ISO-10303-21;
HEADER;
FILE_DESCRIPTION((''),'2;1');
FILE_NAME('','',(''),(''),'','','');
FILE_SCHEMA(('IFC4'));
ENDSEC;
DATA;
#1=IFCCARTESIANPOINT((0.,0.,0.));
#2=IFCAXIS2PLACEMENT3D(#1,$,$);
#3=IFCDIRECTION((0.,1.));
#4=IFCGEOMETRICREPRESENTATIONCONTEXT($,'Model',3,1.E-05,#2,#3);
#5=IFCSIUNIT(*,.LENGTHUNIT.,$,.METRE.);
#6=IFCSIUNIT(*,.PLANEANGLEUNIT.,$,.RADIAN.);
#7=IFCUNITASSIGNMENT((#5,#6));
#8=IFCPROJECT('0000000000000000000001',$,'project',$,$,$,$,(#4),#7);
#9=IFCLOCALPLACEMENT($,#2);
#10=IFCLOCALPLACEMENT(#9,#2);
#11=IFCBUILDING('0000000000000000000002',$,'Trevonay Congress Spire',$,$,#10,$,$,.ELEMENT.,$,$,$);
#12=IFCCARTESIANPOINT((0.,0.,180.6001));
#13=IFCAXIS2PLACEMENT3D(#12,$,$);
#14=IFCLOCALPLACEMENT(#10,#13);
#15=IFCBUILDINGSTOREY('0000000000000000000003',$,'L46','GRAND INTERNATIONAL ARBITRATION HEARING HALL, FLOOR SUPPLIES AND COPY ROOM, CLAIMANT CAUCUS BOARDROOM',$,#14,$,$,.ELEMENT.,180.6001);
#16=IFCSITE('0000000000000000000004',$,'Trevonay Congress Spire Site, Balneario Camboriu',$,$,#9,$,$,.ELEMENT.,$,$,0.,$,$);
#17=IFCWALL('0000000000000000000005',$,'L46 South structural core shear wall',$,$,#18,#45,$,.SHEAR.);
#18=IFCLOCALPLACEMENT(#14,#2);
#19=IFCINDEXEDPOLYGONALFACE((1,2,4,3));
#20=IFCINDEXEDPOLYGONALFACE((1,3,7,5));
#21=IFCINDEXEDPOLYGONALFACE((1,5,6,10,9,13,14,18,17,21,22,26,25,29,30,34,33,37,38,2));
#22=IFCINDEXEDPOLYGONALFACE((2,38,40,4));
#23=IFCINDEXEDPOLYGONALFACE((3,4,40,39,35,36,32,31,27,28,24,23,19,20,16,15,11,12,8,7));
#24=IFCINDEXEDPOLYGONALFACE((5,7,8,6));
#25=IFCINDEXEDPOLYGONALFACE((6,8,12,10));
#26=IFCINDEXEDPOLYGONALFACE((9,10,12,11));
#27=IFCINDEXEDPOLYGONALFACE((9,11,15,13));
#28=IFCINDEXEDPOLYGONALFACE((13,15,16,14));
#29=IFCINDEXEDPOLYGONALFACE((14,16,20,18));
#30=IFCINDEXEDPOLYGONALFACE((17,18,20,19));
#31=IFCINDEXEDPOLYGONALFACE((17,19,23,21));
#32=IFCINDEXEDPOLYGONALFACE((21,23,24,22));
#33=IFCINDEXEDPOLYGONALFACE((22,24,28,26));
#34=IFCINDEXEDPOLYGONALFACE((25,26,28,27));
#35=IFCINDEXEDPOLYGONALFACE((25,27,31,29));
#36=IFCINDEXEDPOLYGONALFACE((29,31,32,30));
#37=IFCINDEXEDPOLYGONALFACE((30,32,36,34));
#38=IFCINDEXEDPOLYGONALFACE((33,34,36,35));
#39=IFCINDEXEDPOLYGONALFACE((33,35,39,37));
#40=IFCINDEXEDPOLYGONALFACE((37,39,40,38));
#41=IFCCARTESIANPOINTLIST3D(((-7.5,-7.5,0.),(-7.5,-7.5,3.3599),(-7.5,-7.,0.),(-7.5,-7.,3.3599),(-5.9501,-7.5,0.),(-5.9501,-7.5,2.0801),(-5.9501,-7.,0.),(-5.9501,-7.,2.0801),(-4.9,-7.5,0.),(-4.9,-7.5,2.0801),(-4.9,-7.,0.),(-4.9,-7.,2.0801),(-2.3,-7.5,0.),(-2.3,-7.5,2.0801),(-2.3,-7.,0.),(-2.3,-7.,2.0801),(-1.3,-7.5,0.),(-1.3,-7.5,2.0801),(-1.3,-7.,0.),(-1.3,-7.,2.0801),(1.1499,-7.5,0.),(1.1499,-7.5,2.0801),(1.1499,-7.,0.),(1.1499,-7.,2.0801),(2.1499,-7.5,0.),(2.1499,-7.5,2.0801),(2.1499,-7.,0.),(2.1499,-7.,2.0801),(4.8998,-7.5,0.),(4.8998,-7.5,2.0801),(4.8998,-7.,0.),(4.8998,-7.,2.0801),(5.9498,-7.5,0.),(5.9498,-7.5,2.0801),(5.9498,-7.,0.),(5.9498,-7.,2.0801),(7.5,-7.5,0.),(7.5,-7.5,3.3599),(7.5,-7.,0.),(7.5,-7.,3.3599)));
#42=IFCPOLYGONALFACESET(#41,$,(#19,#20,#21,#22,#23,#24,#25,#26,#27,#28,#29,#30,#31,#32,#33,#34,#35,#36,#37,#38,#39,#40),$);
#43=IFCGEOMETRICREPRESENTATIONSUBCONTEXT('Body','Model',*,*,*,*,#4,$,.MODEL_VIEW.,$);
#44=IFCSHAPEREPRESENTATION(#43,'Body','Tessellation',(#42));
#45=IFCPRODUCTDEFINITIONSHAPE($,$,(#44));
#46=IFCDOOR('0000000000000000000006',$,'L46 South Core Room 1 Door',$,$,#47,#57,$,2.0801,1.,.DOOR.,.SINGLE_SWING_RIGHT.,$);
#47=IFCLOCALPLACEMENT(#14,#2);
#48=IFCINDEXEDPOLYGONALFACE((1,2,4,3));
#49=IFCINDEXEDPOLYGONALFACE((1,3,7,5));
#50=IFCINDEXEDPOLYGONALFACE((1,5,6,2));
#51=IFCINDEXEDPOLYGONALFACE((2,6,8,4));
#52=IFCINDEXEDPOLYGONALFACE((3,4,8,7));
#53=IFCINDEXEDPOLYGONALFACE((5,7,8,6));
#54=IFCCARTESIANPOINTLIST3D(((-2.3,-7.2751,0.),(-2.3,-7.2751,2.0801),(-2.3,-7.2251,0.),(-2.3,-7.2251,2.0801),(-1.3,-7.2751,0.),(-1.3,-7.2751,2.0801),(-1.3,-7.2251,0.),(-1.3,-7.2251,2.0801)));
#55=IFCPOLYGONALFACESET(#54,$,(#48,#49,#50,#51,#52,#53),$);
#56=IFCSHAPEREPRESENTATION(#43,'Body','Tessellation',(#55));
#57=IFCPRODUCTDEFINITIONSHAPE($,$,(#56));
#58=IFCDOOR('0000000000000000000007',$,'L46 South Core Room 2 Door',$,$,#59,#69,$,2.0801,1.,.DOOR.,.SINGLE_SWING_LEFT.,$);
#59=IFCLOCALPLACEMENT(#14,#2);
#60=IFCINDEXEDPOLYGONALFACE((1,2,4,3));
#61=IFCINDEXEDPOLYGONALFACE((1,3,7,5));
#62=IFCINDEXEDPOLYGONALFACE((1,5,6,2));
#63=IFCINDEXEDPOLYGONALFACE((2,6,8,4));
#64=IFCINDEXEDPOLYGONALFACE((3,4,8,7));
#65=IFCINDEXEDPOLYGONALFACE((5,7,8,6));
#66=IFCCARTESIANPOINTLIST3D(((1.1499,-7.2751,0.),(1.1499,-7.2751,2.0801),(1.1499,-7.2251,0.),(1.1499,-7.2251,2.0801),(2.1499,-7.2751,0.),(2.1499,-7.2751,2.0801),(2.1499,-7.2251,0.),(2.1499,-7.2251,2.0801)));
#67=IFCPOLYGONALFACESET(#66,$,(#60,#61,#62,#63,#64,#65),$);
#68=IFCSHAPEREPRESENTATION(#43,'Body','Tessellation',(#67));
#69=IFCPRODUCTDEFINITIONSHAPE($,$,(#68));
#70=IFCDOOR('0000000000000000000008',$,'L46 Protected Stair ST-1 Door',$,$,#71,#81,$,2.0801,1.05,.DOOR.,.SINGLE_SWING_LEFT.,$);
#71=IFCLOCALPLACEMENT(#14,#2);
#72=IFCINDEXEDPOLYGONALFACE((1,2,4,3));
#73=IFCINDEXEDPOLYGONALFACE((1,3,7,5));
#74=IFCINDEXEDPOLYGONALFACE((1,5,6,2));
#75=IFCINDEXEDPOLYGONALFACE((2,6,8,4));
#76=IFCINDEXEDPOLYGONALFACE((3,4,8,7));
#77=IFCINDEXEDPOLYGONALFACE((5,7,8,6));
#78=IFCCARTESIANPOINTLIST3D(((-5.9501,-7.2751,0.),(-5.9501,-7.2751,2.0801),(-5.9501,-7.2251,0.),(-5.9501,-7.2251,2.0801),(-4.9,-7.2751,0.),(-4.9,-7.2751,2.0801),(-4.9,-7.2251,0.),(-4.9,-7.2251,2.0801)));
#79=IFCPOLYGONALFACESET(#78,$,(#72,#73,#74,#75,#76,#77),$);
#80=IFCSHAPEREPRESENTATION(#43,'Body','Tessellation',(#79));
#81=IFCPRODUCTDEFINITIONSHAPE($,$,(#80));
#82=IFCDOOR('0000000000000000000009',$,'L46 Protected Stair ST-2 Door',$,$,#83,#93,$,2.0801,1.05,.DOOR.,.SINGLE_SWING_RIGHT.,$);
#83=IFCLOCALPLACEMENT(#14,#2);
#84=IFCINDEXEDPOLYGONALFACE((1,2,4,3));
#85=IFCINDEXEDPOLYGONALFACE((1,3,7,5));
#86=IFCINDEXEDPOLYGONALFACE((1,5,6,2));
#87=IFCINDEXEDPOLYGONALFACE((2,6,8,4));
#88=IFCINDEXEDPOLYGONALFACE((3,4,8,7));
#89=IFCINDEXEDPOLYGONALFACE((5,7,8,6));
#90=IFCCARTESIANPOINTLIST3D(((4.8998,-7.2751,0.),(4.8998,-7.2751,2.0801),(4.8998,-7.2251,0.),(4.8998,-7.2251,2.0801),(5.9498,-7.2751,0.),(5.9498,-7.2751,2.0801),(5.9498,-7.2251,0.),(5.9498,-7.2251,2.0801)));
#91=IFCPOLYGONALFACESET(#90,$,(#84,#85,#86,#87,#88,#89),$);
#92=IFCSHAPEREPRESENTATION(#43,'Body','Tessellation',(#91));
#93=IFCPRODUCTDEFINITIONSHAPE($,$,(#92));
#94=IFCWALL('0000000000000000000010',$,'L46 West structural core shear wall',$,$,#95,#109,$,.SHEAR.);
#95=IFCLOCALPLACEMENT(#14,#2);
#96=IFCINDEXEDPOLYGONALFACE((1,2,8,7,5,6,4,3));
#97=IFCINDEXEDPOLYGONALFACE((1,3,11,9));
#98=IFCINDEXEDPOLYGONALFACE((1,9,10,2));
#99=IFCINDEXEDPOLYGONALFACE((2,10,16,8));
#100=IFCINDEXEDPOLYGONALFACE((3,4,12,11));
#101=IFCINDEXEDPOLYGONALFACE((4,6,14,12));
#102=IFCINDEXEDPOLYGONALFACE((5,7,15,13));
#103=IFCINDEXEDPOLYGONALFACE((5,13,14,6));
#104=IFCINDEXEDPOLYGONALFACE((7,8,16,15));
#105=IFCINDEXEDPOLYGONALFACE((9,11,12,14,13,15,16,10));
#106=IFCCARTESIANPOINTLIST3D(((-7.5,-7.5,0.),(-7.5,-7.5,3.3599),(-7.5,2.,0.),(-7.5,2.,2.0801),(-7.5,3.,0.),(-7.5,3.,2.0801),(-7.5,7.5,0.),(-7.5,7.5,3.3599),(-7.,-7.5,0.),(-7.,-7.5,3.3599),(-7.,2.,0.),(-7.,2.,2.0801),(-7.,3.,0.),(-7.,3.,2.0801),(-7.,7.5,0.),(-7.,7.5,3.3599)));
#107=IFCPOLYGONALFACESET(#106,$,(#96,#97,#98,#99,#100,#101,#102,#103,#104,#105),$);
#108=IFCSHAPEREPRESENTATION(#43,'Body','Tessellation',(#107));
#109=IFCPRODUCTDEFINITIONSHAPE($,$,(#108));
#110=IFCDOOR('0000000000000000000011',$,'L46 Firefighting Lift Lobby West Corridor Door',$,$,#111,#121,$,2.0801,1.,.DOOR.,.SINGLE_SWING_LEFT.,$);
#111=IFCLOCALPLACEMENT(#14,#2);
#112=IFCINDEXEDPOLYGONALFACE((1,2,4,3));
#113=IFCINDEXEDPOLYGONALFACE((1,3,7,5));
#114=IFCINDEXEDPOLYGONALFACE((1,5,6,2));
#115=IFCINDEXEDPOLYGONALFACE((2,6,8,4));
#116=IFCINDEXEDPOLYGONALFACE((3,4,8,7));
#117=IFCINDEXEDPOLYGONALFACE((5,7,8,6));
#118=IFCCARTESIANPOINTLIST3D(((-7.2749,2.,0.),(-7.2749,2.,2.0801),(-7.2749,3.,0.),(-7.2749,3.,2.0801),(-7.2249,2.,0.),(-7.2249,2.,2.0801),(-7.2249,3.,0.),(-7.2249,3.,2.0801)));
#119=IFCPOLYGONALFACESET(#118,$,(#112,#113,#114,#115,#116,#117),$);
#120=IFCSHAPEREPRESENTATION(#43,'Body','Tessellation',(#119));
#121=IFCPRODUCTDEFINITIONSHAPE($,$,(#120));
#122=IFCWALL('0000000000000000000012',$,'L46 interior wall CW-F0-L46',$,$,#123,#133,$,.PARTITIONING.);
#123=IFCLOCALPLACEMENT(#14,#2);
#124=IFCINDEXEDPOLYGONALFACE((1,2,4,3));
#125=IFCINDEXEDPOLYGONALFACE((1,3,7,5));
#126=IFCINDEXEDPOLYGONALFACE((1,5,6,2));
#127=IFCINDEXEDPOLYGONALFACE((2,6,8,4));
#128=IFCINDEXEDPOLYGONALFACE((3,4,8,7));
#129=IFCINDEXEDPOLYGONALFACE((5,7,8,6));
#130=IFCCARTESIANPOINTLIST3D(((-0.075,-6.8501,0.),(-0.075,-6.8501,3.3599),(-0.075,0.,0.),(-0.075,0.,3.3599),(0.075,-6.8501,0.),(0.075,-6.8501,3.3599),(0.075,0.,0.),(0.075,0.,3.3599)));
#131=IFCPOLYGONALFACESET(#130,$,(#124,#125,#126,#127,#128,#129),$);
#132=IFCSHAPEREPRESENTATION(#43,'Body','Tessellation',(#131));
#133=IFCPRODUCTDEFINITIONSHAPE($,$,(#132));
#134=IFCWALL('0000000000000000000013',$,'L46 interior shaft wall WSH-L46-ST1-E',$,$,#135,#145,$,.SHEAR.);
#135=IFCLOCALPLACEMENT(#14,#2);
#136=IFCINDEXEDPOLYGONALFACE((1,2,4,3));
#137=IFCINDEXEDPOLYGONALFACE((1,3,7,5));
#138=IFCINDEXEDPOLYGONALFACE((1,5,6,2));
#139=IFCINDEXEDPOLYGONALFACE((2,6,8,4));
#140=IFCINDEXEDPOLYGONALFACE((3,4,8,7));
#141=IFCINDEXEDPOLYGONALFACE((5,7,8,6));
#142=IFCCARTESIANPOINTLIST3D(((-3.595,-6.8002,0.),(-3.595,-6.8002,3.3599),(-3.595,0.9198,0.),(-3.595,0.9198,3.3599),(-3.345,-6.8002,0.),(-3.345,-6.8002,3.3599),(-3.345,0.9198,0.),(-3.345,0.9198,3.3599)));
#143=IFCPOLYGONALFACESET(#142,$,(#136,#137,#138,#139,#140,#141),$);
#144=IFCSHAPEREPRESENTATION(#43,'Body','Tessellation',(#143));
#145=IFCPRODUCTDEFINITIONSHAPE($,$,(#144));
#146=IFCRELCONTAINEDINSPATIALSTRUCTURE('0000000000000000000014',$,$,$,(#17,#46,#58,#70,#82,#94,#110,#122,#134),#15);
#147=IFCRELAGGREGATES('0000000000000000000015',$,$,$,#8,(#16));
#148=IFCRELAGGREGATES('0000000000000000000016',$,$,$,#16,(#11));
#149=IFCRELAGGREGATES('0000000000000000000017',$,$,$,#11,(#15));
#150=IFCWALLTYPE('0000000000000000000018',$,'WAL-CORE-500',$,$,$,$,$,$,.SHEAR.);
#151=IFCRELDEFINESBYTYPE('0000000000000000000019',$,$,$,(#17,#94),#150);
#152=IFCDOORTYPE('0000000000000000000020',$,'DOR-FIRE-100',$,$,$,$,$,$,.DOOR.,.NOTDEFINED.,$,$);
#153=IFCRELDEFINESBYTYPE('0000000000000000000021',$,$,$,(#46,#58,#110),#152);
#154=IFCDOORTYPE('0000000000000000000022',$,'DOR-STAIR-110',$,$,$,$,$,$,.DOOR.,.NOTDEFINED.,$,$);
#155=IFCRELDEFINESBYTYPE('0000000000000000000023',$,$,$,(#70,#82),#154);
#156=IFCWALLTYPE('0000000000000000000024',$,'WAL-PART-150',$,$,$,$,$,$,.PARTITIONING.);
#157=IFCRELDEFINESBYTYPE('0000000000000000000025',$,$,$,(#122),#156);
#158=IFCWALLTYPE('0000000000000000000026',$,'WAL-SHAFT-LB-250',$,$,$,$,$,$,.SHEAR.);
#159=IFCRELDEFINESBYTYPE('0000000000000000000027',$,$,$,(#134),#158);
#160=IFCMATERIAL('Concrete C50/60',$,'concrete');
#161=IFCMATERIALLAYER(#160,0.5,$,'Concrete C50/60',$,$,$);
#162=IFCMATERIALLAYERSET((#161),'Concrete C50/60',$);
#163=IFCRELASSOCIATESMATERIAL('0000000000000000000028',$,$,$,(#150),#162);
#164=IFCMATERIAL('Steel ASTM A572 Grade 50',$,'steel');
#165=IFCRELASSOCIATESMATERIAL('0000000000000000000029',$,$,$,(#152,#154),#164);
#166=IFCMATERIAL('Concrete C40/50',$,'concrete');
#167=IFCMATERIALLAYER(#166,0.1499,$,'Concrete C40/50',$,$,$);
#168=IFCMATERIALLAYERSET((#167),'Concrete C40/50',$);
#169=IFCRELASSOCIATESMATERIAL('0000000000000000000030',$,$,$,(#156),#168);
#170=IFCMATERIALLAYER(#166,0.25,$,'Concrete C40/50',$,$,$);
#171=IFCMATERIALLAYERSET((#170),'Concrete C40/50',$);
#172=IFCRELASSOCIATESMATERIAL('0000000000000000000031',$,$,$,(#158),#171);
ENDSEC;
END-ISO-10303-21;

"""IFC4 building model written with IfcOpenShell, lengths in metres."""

from ifc_helpers import new_model, si_unit, direction, frame, frame_2d, origin, place, context, subcontext, project, spatial, rectangle, extrude, material, layer, layer_set, type_object, element, fill, save


model = new_model("IFC4")

# Units and contexts
model_context = context("Model", 3, precision=1e-05, world=origin(), true_north=direction((0.0, 1.0)))
body_context = subcontext(model_context, "Body", "Model", "MODEL_VIEW")
ifc_project = project(units=[si_unit("LENGTHUNIT", "METRE"), si_unit("PLANEANGLEUNIT", "RADIAN")], contexts=[model_context])

# Site, building, storey
site_placement = place(None, origin())
site = spatial("IfcSite", under=ifc_project, at=site_placement, Name="Trevonay Congress Spire Site, Balneario Camboriu", CompositionType="ELEMENT", RefElevation=0.0)
building_placement = place(site_placement, origin())
building = spatial("IfcBuilding", under=site, at=building_placement, Name="Trevonay Congress Spire", CompositionType="ELEMENT")
storey_placement = place(building_placement, frame((0.0, 0.0, 180.6001)))
storey = spatial("IfcBuildingStorey", under=building, at=storey_placement, Name="L46", Description="GRAND INTERNATIONAL ARBITRATION HEARING HALL, FLOOR SUPPLIES AND COPY ROOM, CLAIMANT CAUCUS BOARDROOM", CompositionType="ELEMENT", Elevation=180.6001)

# Shared definitions
ifc_material_1 = material(Name="Steel ASTM A572 Grade 50", Category="steel")

# Wall, openings, doors
ifc_material_2 = material(Name="Concrete C50/60", Category="concrete")
ifc_layer_1 = layer(ifc_material_2, 0.5, Name="Concrete C50/60")
ifc_layer_set_1 = layer_set([ifc_layer_1], Name="Concrete C50/60")
wall_type_1 = type_object("IfcWallType", Name="WAL-CORE-500", PredefinedType="SHEAR", material=ifc_layer_set_1)
wall_1_placement = place(storey_placement, frame((-7.5, -7.25, 0.0), z_axis=(0.0, 0.0, 1.0), x_axis=(1.0, 0.0, 0.0)))
wall_1 = element("IfcWall", 1, at=wall_1_placement, inside=storey, type_object=wall_type_1, Name="L46 South structural core shear wall", PredefinedType="SHEAR", context=body_context, shape_type="SweptSolid", body=[
    extrude(rectangle(XDim=15.0, YDim=0.5, at=frame_2d((7.5, 0.0))), origin(), (0.0, 0.0, 1.0), 3.3599),
])
opening_1_placement = place(wall_1_placement, frame((1.55, 0.0, 0.0)))
opening_1 = element("IfcOpeningElement", 2, at=opening_1_placement, cuts=wall_1, PredefinedType="OPENING", context=body_context, shape_type="SweptSolid", body=[
    extrude(rectangle(XDim=1.05, YDim=2.0801, at=frame_2d((0.5249, 1.04))), frame((0.0, 0.26, 0.0), z_axis=(0.0, -1.0, 0.0), x_axis=(1.0, 0.0, 0.0)), (0.0, 0.0, 1.0), 0.52),
])
opening_2_placement = place(wall_1_placement, frame((12.3999, 0.0, 0.0)))
opening_2 = element("IfcOpeningElement", 3, at=opening_2_placement, cuts=wall_1, PredefinedType="OPENING", context=body_context, shape_type="SweptSolid", body=[
    extrude(rectangle(XDim=1.05, YDim=2.0801, at=frame_2d((0.5249, 1.04))), frame((0.0, 0.26, 0.0), z_axis=(0.0, -1.0, 0.0), x_axis=(1.0, 0.0, 0.0)), (0.0, 0.0, 1.0), 0.52),
])
opening_3_placement = place(wall_1_placement, frame((5.2, 0.0, 0.0)))
opening_3 = element("IfcOpeningElement", 4, at=opening_3_placement, cuts=wall_1, PredefinedType="OPENING", context=body_context, shape_type="SweptSolid", body=[
    extrude(rectangle(XDim=1.0, YDim=2.0801, at=frame_2d((0.5, 1.04))), frame((0.0, 0.26, 0.0), z_axis=(0.0, -1.0, 0.0), x_axis=(1.0, 0.0, 0.0)), (0.0, 0.0, 1.0), 0.52),
])
opening_4_placement = place(wall_1_placement, frame((8.6499, 0.0, 0.0)))
opening_4 = element("IfcOpeningElement", 5, at=opening_4_placement, cuts=wall_1, PredefinedType="OPENING", context=body_context, shape_type="SweptSolid", body=[
    extrude(rectangle(XDim=1.0, YDim=2.0801, at=frame_2d((0.5, 1.04))), frame((0.0, 0.26, 0.0), z_axis=(0.0, -1.0, 0.0), x_axis=(1.0, 0.0, 0.0)), (0.0, 0.0, 1.0), 0.52),
])
door_type_1 = type_object("IfcDoorType", Name="DOR-FIRE-100", OperationType="NOTDEFINED", PredefinedType="DOOR", material=ifc_material_1)
door_1_placement = place(opening_3_placement, origin())
door_1 = element("IfcDoor", 6, at=door_1_placement, inside=storey, type_object=door_type_1, Name="L46 South Core Room 1 Door", OperationType="SINGLE_SWING_RIGHT", OverallHeight=2.0801, OverallWidth=1.0, PredefinedType="DOOR", context=body_context, shape_type="SweptSolid", body=[
    extrude(rectangle(XDim=1.0, YDim=2.0801, at=frame_2d((0.5, 1.04))), frame((0.0, 0.0249, 0.0), z_axis=(0.0, -1.0, 0.0), x_axis=(1.0, 0.0, 0.0)), (0.0, 0.0, 1.0), 0.05),
])
fill(opening_3, door_1)
door_2_placement = place(opening_4_placement, origin())
door_2 = element("IfcDoor", 7, at=door_2_placement, inside=storey, type_object=door_type_1, Name="L46 South Core Room 2 Door", OperationType="SINGLE_SWING_LEFT", OverallHeight=2.0801, OverallWidth=1.0, PredefinedType="DOOR", context=body_context, shape_type="SweptSolid", body=[
    extrude(rectangle(XDim=1.0, YDim=2.0801, at=frame_2d((0.5, 1.04))), frame((0.0, 0.0249, 0.0), z_axis=(0.0, -1.0, 0.0), x_axis=(1.0, 0.0, 0.0)), (0.0, 0.0, 1.0), 0.05),
])
fill(opening_4, door_2)
door_type_2 = type_object("IfcDoorType", Name="DOR-STAIR-110", OperationType="NOTDEFINED", PredefinedType="DOOR", material=ifc_material_1)
door_3_placement = place(opening_1_placement, origin())
door_3 = element("IfcDoor", 8, at=door_3_placement, inside=storey, type_object=door_type_2, Name="L46 Protected Stair ST-1 Door", OperationType="SINGLE_SWING_LEFT", OverallHeight=2.0801, OverallWidth=1.05, PredefinedType="DOOR", context=body_context, shape_type="SweptSolid", body=[
    extrude(rectangle(XDim=1.05, YDim=2.0801, at=frame_2d((0.5249, 1.04))), frame((0.0, 0.0249, 0.0), z_axis=(0.0, -1.0, 0.0), x_axis=(1.0, 0.0, 0.0)), (0.0, 0.0, 1.0), 0.05),
])
fill(opening_1, door_3)
door_4_placement = place(opening_2_placement, origin())
door_4 = element("IfcDoor", 9, at=door_4_placement, inside=storey, type_object=door_type_2, Name="L46 Protected Stair ST-2 Door", OperationType="SINGLE_SWING_RIGHT", OverallHeight=2.0801, OverallWidth=1.05, PredefinedType="DOOR", context=body_context, shape_type="SweptSolid", body=[
    extrude(rectangle(XDim=1.05, YDim=2.0801, at=frame_2d((0.5249, 1.04))), frame((0.0, 0.0249, 0.0), z_axis=(0.0, -1.0, 0.0), x_axis=(1.0, 0.0, 0.0)), (0.0, 0.0, 1.0), 0.05),
])
fill(opening_2, door_4)

# Wall, opening, door
wall_2_placement = place(storey_placement, frame((-7.25, -7.5, 0.0), z_axis=(0.0, 0.0, 1.0), x_axis=(0.0, 1.0, 0.0)))
wall_2 = element("IfcWall", 10, at=wall_2_placement, inside=storey, type_object=wall_type_1, Name="L46 West structural core shear wall", PredefinedType="SHEAR", context=body_context, shape_type="SweptSolid", body=[
    extrude(rectangle(XDim=15.0, YDim=0.5, at=frame_2d((7.5, 0.0))), origin(), (0.0, 0.0, 1.0), 3.3599),
])
opening_5_placement = place(wall_2_placement, frame((9.5, 0.0, 0.0)))
opening_5 = element("IfcOpeningElement", 11, at=opening_5_placement, cuts=wall_2, PredefinedType="OPENING", context=body_context, shape_type="SweptSolid", body=[
    extrude(rectangle(XDim=1.0, YDim=2.0801, at=frame_2d((0.5, 1.04))), frame((0.0, 0.26, 0.0), z_axis=(0.0, -1.0, 0.0), x_axis=(1.0, 0.0, 0.0)), (0.0, 0.0, 1.0), 0.52),
])
door_5_placement = place(opening_5_placement, origin())
door_5 = element("IfcDoor", 12, at=door_5_placement, inside=storey, type_object=door_type_1, Name="L46 Firefighting Lift Lobby West Corridor Door", OperationType="SINGLE_SWING_LEFT", OverallHeight=2.0801, OverallWidth=1.0, PredefinedType="DOOR", context=body_context, shape_type="SweptSolid", body=[
    extrude(rectangle(XDim=1.0, YDim=2.0801, at=frame_2d((0.5, 1.04))), frame((0.0, 0.0249, 0.0), z_axis=(0.0, -1.0, 0.0), x_axis=(1.0, 0.0, 0.0)), (0.0, 0.0, 1.0), 0.05),
])
fill(opening_5, door_5)

# Walls
ifc_material_3 = material(Name="Concrete C40/50", Category="concrete")
ifc_layer_2 = layer(ifc_material_3, 0.1499, Name="Concrete C40/50")
ifc_layer_set_2 = layer_set([ifc_layer_2], Name="Concrete C40/50")
wall_type_2 = type_object("IfcWallType", Name="WAL-PART-150", PredefinedType="PARTITIONING", material=ifc_layer_set_2)
wall_3_placement = place(storey_placement, frame((0.0, -6.8501, 0.0), z_axis=(0.0, 0.0, 1.0), x_axis=(0.0, 1.0, 0.0)))
element("IfcWall", 13, at=wall_3_placement, inside=storey, type_object=wall_type_2, Name="L46 interior wall CW-F0-L46", PredefinedType="PARTITIONING", context=body_context, shape_type="SweptSolid", body=[
    extrude(rectangle(XDim=6.8501, YDim=0.1499, at=frame_2d((3.425, 0.0))), origin(), (0.0, 0.0, 1.0), 3.3599),
])
ifc_layer_3 = layer(ifc_material_3, 0.25, Name="Concrete C40/50")
ifc_layer_set_3 = layer_set([ifc_layer_3], Name="Concrete C40/50")
wall_type_3 = type_object("IfcWallType", Name="WAL-SHAFT-LB-250", PredefinedType="SHEAR", material=ifc_layer_set_3)
wall_4_placement = place(storey_placement, frame((-3.47, -6.8, 0.0), z_axis=(0.0, 0.0, 1.0), x_axis=(0.0, 1.0, 0.0)))
element("IfcWall", 14, at=wall_4_placement, inside=storey, type_object=wall_type_3, Name="L46 interior shaft wall WSH-L46-ST1-E", PredefinedType="SHEAR", context=body_context, shape_type="SweptSolid", body=[
    extrude(rectangle(XDim=7.72, YDim=0.25, at=frame_2d((3.8599, 0.0))), origin(), (0.0, 0.0, 1.0), 3.3599),
])

save(model, "model.ifc")
